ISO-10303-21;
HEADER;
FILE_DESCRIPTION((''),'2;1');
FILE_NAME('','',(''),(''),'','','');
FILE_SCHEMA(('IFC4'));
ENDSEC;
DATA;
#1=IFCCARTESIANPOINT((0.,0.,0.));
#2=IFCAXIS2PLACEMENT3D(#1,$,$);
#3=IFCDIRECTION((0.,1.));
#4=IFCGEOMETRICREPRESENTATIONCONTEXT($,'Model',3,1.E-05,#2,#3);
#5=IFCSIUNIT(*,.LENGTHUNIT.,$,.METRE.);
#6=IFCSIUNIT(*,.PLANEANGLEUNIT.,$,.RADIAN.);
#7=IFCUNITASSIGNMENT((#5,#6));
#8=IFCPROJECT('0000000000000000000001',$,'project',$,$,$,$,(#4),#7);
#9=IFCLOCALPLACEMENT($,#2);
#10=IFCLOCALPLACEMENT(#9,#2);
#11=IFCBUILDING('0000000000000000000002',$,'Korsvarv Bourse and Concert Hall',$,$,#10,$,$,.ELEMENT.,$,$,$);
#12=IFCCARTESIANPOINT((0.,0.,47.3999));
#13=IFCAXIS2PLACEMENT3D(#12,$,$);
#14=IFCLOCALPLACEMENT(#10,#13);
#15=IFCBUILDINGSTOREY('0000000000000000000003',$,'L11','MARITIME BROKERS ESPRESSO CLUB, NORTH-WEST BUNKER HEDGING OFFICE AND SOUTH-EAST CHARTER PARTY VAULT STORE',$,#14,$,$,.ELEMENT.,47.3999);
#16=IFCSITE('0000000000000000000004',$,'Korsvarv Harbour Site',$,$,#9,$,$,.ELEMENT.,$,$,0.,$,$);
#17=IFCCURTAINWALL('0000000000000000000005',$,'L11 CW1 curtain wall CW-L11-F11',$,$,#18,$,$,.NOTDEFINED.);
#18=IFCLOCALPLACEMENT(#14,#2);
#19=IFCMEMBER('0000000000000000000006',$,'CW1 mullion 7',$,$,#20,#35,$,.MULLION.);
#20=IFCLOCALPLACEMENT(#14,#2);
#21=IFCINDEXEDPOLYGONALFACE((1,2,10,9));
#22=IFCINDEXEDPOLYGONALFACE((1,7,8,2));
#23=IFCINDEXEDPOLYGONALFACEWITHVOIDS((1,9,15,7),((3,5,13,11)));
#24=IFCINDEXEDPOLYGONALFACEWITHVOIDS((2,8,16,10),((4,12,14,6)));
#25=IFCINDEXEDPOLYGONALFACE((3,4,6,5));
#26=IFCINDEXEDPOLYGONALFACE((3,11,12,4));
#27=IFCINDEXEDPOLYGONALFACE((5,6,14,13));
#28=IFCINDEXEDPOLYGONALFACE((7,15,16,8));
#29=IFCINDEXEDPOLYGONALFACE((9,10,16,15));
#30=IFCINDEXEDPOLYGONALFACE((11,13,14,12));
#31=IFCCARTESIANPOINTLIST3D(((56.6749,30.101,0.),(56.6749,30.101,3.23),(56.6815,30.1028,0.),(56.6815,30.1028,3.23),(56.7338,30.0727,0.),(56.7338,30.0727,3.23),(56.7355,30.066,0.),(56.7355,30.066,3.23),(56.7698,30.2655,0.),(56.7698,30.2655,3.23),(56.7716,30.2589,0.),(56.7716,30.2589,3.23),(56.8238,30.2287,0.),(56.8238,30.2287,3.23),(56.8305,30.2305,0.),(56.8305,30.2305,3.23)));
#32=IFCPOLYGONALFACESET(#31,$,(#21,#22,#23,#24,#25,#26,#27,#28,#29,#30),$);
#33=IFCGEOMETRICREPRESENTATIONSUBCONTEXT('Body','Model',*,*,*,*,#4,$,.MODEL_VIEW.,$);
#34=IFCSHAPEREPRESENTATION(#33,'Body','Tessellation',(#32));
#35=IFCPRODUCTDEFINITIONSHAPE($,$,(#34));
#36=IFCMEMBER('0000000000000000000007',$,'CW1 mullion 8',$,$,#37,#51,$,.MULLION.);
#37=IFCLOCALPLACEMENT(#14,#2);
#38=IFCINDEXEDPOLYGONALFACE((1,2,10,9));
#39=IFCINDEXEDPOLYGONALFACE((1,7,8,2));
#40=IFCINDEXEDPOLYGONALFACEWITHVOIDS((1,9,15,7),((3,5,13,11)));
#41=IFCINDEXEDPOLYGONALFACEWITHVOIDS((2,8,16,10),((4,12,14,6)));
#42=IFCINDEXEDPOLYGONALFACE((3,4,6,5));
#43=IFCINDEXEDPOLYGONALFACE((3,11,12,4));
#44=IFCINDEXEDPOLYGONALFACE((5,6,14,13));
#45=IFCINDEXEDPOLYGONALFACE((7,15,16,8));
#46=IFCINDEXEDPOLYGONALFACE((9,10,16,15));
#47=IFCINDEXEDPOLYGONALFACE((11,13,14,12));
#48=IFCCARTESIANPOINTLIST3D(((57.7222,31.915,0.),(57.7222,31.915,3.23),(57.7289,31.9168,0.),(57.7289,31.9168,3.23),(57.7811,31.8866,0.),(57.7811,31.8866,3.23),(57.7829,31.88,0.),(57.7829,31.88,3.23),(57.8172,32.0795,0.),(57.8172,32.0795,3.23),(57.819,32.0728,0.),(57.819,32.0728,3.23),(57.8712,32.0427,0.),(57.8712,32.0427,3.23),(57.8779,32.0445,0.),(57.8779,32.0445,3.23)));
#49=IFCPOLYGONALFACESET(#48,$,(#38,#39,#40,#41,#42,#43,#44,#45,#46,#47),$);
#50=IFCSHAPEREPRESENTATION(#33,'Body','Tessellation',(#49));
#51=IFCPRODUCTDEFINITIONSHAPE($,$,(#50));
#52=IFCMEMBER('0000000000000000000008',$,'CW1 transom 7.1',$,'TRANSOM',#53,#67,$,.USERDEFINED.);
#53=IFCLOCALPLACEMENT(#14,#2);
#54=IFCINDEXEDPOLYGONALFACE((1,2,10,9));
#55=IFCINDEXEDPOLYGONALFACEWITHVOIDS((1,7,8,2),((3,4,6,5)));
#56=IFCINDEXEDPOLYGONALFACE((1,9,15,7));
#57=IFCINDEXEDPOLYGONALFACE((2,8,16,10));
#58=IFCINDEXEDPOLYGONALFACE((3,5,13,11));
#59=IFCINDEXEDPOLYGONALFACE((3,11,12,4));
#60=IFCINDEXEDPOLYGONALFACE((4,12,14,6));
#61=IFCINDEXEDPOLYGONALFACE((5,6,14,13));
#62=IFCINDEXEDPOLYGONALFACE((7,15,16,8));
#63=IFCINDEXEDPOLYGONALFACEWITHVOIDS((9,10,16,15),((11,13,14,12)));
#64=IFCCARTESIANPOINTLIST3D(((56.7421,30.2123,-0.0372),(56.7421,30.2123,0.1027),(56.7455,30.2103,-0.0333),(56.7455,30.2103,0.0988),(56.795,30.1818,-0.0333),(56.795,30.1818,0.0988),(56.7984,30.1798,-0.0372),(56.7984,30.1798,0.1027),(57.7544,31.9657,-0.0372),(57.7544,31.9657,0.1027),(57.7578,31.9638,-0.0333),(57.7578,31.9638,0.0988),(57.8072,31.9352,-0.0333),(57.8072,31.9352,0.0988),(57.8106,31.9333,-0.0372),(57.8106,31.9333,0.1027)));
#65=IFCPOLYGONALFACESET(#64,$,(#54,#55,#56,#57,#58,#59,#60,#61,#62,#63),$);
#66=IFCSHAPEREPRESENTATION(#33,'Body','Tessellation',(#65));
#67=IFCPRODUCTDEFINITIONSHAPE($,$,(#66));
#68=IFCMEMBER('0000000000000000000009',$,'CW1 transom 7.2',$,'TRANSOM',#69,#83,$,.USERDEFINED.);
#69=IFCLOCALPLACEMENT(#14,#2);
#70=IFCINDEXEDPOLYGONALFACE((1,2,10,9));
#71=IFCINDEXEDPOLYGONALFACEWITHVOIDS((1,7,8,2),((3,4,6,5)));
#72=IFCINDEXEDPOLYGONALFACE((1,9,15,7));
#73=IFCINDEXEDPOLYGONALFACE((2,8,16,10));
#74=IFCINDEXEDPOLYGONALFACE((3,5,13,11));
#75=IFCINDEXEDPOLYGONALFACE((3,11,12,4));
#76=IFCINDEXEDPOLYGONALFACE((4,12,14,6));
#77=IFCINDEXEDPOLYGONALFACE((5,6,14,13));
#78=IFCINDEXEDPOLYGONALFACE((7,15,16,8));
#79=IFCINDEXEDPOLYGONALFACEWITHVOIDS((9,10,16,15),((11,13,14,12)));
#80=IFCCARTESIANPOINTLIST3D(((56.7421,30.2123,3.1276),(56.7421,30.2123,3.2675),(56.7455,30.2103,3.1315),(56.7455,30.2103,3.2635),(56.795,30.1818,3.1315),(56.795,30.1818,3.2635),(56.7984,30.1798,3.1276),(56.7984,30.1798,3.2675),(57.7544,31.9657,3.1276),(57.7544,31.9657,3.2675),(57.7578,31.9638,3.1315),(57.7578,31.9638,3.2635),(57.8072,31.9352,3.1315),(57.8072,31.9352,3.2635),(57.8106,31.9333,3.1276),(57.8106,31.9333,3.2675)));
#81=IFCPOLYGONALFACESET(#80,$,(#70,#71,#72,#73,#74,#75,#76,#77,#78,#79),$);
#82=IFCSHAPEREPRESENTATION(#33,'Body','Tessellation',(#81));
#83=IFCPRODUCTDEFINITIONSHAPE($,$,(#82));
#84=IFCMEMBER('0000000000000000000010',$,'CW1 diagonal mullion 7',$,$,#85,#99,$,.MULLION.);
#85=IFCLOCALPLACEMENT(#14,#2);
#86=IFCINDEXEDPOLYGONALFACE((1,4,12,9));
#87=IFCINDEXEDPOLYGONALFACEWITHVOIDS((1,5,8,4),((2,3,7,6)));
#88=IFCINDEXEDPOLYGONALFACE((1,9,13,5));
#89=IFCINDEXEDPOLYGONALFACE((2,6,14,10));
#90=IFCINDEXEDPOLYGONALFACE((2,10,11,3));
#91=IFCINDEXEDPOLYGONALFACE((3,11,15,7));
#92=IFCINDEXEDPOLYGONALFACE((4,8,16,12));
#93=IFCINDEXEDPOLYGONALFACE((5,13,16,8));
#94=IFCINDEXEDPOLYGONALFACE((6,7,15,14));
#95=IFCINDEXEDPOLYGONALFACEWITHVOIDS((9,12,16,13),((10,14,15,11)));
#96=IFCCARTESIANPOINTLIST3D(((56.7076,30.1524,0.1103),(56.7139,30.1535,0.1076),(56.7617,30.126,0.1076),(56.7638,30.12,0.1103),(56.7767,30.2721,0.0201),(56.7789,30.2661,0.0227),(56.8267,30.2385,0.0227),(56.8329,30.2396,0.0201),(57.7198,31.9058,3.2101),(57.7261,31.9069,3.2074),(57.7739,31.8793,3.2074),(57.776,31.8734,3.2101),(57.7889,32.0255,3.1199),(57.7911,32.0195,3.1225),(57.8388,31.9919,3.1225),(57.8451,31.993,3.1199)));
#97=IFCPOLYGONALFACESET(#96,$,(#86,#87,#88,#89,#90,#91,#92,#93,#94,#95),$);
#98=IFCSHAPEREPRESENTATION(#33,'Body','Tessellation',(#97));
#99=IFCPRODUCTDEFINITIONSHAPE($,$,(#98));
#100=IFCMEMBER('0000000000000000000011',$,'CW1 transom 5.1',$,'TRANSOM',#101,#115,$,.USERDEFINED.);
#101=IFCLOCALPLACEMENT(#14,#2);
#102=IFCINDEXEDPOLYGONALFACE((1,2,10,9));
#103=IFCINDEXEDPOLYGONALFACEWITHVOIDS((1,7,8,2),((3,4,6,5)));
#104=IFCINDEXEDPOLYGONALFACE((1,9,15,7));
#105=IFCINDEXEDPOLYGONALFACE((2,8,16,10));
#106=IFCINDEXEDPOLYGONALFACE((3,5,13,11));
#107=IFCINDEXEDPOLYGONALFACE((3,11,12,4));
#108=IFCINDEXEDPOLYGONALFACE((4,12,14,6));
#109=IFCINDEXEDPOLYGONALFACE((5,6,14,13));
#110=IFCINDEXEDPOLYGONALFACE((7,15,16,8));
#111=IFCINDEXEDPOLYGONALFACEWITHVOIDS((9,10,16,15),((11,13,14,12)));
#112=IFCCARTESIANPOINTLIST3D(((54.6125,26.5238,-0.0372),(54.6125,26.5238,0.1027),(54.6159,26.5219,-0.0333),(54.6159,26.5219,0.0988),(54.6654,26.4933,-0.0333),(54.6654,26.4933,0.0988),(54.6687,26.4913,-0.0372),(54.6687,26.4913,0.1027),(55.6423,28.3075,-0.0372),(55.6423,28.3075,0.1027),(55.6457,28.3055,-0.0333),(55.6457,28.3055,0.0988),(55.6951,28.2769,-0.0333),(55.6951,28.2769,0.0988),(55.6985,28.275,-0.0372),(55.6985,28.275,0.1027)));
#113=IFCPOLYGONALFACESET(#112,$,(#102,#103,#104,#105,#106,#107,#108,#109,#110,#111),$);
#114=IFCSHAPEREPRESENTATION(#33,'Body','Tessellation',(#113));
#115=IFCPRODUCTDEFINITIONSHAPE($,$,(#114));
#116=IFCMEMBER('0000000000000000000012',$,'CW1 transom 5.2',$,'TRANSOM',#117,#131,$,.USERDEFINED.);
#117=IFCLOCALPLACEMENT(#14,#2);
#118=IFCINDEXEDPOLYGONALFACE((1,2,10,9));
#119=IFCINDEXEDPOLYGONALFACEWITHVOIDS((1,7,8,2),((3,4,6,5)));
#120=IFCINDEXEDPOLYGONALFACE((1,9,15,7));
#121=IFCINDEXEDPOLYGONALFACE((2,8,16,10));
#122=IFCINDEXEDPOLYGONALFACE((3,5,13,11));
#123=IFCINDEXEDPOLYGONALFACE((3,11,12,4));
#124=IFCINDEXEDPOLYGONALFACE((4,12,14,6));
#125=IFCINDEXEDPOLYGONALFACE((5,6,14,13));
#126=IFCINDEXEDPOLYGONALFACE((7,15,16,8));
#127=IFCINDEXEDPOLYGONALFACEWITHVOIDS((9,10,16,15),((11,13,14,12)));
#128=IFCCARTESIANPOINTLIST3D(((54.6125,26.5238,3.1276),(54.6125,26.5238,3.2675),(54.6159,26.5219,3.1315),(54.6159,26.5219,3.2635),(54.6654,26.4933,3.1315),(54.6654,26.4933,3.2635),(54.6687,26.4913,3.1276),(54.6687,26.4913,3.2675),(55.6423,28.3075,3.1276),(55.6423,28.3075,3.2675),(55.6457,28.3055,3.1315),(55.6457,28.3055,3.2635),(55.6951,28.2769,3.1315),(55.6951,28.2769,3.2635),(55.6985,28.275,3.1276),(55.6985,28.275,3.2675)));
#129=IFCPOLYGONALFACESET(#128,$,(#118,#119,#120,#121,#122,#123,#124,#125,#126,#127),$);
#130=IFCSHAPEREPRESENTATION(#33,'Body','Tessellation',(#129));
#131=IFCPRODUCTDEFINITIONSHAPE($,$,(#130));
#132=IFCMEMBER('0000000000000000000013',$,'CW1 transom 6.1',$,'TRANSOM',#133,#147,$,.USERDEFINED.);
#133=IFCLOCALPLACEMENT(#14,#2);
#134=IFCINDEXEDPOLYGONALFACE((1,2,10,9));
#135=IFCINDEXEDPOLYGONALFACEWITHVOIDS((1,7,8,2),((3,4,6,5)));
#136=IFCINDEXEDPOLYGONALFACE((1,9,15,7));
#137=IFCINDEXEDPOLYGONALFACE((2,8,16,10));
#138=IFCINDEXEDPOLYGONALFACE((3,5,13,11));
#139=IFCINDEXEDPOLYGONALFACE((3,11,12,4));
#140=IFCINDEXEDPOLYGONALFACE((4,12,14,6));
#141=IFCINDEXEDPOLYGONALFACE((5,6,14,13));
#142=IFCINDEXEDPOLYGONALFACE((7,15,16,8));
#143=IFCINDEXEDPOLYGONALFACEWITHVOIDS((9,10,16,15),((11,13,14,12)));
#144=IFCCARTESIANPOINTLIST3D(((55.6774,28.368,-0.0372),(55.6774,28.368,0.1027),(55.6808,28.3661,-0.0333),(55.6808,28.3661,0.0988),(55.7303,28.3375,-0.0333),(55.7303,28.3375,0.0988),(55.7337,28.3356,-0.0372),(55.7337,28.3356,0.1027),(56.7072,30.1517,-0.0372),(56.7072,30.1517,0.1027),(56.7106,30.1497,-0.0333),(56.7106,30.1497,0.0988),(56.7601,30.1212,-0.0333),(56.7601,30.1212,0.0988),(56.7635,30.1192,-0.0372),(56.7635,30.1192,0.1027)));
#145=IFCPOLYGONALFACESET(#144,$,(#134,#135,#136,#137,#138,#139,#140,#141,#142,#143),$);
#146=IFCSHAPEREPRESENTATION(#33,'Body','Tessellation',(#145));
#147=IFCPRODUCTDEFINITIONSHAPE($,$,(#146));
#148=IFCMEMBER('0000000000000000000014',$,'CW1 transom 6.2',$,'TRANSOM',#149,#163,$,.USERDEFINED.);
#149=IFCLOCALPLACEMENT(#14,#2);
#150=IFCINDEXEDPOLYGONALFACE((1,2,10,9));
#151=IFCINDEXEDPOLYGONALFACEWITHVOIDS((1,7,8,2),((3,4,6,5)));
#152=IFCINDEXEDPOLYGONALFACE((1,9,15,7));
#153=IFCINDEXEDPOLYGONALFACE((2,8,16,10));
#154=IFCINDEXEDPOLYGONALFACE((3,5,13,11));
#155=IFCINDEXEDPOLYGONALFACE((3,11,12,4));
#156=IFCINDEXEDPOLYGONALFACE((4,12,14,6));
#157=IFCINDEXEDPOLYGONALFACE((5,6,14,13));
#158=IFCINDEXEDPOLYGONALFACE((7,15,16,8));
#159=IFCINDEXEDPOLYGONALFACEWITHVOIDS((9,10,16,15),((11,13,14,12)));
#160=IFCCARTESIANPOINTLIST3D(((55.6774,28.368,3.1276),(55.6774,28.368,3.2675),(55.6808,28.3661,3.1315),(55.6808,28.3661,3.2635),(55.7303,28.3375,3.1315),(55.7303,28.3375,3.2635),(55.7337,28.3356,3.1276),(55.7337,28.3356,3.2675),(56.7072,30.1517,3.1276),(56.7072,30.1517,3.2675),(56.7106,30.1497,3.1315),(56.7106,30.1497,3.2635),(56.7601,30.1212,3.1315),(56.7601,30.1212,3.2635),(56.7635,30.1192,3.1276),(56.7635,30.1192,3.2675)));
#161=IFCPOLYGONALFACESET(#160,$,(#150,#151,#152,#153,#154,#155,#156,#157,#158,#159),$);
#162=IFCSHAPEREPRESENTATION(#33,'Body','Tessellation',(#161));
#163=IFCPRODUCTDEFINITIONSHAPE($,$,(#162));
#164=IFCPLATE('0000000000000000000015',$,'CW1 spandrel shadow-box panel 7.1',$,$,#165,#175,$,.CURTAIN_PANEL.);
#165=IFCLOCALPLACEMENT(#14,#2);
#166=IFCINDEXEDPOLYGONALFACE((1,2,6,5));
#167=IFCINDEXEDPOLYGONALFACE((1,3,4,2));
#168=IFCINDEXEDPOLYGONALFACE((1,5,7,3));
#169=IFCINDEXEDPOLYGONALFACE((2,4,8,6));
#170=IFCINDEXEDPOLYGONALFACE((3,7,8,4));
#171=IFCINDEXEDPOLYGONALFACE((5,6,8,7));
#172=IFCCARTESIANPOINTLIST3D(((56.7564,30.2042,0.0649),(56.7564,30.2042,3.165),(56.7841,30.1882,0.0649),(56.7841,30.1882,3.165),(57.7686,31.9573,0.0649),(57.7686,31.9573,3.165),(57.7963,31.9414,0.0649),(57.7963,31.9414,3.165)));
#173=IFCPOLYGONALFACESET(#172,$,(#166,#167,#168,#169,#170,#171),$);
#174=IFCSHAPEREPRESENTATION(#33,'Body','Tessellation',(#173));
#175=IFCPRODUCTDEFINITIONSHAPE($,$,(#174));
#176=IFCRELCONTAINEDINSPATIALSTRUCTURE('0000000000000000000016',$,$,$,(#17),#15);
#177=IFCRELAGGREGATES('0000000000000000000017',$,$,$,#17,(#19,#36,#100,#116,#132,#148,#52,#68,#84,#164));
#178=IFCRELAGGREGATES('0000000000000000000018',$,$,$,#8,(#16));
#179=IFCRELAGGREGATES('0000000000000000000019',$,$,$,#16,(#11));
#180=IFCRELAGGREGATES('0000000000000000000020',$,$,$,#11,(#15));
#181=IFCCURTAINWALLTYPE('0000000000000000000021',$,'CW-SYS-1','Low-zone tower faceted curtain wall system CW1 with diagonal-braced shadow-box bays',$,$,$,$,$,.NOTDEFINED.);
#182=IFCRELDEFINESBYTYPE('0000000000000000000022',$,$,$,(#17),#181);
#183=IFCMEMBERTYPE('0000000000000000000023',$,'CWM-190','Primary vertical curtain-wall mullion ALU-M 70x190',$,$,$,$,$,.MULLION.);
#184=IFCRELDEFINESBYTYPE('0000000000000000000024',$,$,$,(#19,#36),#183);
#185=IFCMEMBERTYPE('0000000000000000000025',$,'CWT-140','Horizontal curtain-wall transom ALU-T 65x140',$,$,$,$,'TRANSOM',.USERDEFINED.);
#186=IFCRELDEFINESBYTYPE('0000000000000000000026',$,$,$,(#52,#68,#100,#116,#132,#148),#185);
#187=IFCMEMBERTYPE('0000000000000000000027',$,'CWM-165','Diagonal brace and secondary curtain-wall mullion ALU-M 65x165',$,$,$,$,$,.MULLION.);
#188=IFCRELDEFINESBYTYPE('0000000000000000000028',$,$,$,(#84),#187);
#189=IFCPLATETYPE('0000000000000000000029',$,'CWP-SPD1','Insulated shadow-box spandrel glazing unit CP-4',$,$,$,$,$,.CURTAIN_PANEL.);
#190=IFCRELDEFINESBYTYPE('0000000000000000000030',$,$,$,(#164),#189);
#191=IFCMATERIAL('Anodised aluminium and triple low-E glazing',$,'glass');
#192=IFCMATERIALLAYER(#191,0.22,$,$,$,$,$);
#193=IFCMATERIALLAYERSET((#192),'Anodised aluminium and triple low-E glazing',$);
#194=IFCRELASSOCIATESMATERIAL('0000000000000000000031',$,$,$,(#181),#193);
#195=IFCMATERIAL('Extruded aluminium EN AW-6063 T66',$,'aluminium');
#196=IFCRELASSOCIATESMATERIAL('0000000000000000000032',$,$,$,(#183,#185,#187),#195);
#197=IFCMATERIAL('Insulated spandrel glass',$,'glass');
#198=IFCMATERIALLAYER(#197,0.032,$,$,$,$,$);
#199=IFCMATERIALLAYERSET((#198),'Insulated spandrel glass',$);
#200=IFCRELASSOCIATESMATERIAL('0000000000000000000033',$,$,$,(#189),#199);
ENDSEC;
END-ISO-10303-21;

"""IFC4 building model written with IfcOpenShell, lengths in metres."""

from ifc_helpers import new_model, si_unit, direction, frame, origin, origin_2d, place, context, subcontext, project, spatial, rectangle, hollow_rectangle, extrude, source, transform, mapped, material, layer, layer_set, material_profile, profile_set, type_object, element, aggregate, save


model = new_model("IFC4")

# Units and contexts
model_context = context("Model", 3, precision=1e-05, world=origin(), true_north=direction((0.0, 1.0)))
body_context = subcontext(model_context, "Body", "Model", "MODEL_VIEW")
ifc_project = project(units=[si_unit("LENGTHUNIT", "METRE"), si_unit("PLANEANGLEUNIT", "RADIAN")], contexts=[model_context])

# Site, building, storey
site_placement = place(None, origin())
site = spatial("IfcSite", under=ifc_project, at=site_placement, Name="Korsvarv Harbour Site", CompositionType="ELEMENT", RefElevation=0.0)
building_placement = place(site_placement, origin())
building = spatial("IfcBuilding", under=site, at=building_placement, Name="Korsvarv Bourse and Concert Hall", CompositionType="ELEMENT")
storey_placement = place(building_placement, frame((0.0, 0.0, 47.3999)))
storey = spatial("IfcBuildingStorey", under=building, at=storey_placement, Name="L11", Description="MARITIME BROKERS ESPRESSO CLUB, NORTH-WEST BUNKER HEDGING OFFICE AND SOUTH-EAST CHARTER PARTY VAULT STORE", CompositionType="ELEMENT", Elevation=47.3999)

# Curtain wall, members, plate
ifc_material_1 = material(Name="Anodised aluminium and triple low-E glazing", Category="glass")
ifc_layer_1 = layer(ifc_material_1, 0.22)
ifc_layer_set_1 = layer_set([ifc_layer_1], Name="Anodised aluminium and triple low-E glazing")
curtain_wall_type = type_object("IfcCurtainWallType", Name="CW-SYS-1", Description="Low-zone tower faceted curtain wall system CW1 with diagonal-braced shadow-box bays", PredefinedType="NOTDEFINED", material=ifc_layer_set_1)
curtain_wall_placement = place(storey_placement, origin())
curtain_wall = element("IfcCurtainWall", 1, at=curtain_wall_placement, inside=storey, type_object=curtain_wall_type, Name="L11 CW1 curtain wall CW-L11-F11", PredefinedType="NOTDEFINED")
ifc_material_2 = material(Name="Extruded aluminium EN AW-6063 T66", Category="aluminium")
ifc_material_profile_1 = material_profile(ifc_material_2, hollow_rectangle(XDim=0.0701, YDim=0.1899, WallThickness=0.0049, at=origin_2d()), Name="ALU-M 70x190")
ifc_profile_set_1 = profile_set([ifc_material_profile_1], Name="Extruded aluminium EN AW-6063 T66")
member_type_1 = type_object("IfcMemberType", Name="CWM-190", Description="Primary vertical curtain-wall mullion ALU-M 70x190", PredefinedType="MULLION", material=ifc_profile_set_1)
shared_shape_1 = source(origin(), body_context, "Body", "SweptSolid", [
    extrude(hollow_rectangle(XDim=0.0701, YDim=0.1899, WallThickness=0.0049, at=origin_2d()), origin(), (0.0, 0.0, 1.0), 3.23),
])
member_1_placement = place(storey_placement, frame((56.7527, 30.1658, 0.0), z_axis=(0.0, 0.0, 1.0), x_axis=(-0.866025, 0.5, 0.0)))
member_1 = element("IfcMember", 2, at=member_1_placement, type_object=member_type_1, Name="CW1 mullion 7", PredefinedType="MULLION", context=body_context, shape_type="MappedRepresentation", body=[
    mapped(shared_shape_1, transform((0.0, 0.0, 0.0), scale=1.0)),
])
member_2_placement = place(storey_placement, frame((57.8, 31.9797, 0.0), z_axis=(0.0, 0.0, 1.0), x_axis=(-0.866025, 0.5, 0.0)))
member_2 = element("IfcMember", 3, at=member_2_placement, type_object=member_type_1, Name="CW1 mullion 8", PredefinedType="MULLION", context=body_context, shape_type="MappedRepresentation", body=[
    mapped(shared_shape_1, transform((0.0, 0.0, 0.0), scale=1.0)),
])
ifc_material_profile_2 = material_profile(ifc_material_2, hollow_rectangle(XDim=0.0649, YDim=0.1399, WallThickness=0.0039, at=origin_2d()), Name="ALU-T 65x140")
ifc_profile_set_2 = profile_set([ifc_material_profile_2], Name="Extruded aluminium EN AW-6063 T66")
member_type_2 = type_object("IfcMemberType", Name="CWT-140", Description="Horizontal curtain-wall transom ALU-T 65x140", ElementType="TRANSOM", PredefinedType="USERDEFINED", material=ifc_profile_set_2)
shared_shape_2 = source(origin(), body_context, "Body", "SweptSolid", [
    extrude(hollow_rectangle(XDim=0.0649, YDim=0.1399, WallThickness=0.0039, at=origin_2d()), origin(), (0.0, 0.0, 1.0), 2.0247),
])
member_3_placement = place(storey_placement, frame((56.7703, 30.196, 0.0327), z_axis=(0.499952, 0.866053, 0.0), x_axis=(-0.866053, 0.499952, 0.0)))
member_3 = element("IfcMember", 4, at=member_3_placement, type_object=member_type_2, Name="CW1 transom 7.1", ObjectType="TRANSOM", PredefinedType="USERDEFINED", context=body_context, shape_type="MappedRepresentation", body=[
    mapped(shared_shape_2, transform((0.0, 0.0, 0.0), scale=1.0)),
])
member_4_placement = place(storey_placement, frame((56.7703, 30.196, 3.1975), z_axis=(0.499952, 0.866053, 0.0), x_axis=(-0.866053, 0.499952, 0.0)))
member_4 = element("IfcMember", 5, at=member_4_placement, type_object=member_type_2, Name="CW1 transom 7.2", ObjectType="TRANSOM", PredefinedType="USERDEFINED", context=body_context, shape_type="MappedRepresentation", body=[
    mapped(shared_shape_2, transform((0.0, 0.0, 0.0), scale=1.0)),
])
ifc_material_profile_3 = material_profile(ifc_material_2, hollow_rectangle(XDim=0.0649, YDim=0.165, WallThickness=0.0049, at=origin_2d()), Name="ALU-M 65x165")
ifc_profile_set_3 = profile_set([ifc_material_profile_3], Name="Extruded aluminium EN AW-6063 T66")
member_type_3 = type_object("IfcMemberType", Name="CWM-165", Description="Diagonal brace and secondary curtain-wall mullion ALU-M 65x165", PredefinedType="MULLION", material=ifc_profile_set_3)
shared_shape_3 = source(origin(), body_context, "Body", "SweptSolid", [
    extrude(hollow_rectangle(XDim=0.0649, YDim=0.165, WallThickness=0.0049, at=origin_2d()), origin(), (0.0, 0.0, 1.0), 3.7024),
])
member_5_placement = place(storey_placement, frame((56.7703, 30.196, 0.0652), z_axis=(0.273389, 0.473583, 0.837244), x_axis=(-0.866053, 0.499952, 0.0)))
member_5 = element("IfcMember", 6, at=member_5_placement, type_object=member_type_3, Name="CW1 diagonal mullion 7", PredefinedType="MULLION", context=body_context, shape_type="MappedRepresentation", body=[
    mapped(shared_shape_3, transform((0.0, 0.0, 0.0), scale=1.0)),
])
shared_shape_4 = source(origin(), body_context, "Body", "SweptSolid", [
    extrude(hollow_rectangle(XDim=0.0649, YDim=0.1399, WallThickness=0.0039, at=origin_2d()), origin(), (0.0, 0.0, 1.0), 2.0596),
])
member_6_placement = place(storey_placement, frame((54.6406, 26.5076, 0.0327), z_axis=(0.499989, 0.866032, 0.0), x_axis=(-0.866032, 0.499989, 0.0)))
member_6 = element("IfcMember", 7, at=member_6_placement, type_object=member_type_2, Name="CW1 transom 5.1", ObjectType="TRANSOM", PredefinedType="USERDEFINED", context=body_context, shape_type="MappedRepresentation", body=[
    mapped(shared_shape_4, transform((0.0, 0.0, 0.0), scale=1.0)),
])
member_7_placement = place(storey_placement, frame((54.6406, 26.5076, 3.1975), z_axis=(0.499989, 0.866032, 0.0), x_axis=(-0.866032, 0.499989, 0.0)))
member_7 = element("IfcMember", 8, at=member_7_placement, type_object=member_type_2, Name="CW1 transom 5.2", ObjectType="TRANSOM", PredefinedType="USERDEFINED", context=body_context, shape_type="MappedRepresentation", body=[
    mapped(shared_shape_4, transform((0.0, 0.0, 0.0), scale=1.0)),
])
member_8_placement = place(storey_placement, frame((55.7056, 28.3518, 0.0327), z_axis=(0.499989, 0.866032, 0.0), x_axis=(-0.866032, 0.499989, 0.0)))
member_8 = element("IfcMember", 9, at=member_8_placement, type_object=member_type_2, Name="CW1 transom 6.1", ObjectType="TRANSOM", PredefinedType="USERDEFINED", context=body_context, shape_type="MappedRepresentation", body=[
    mapped(shared_shape_4, transform((0.0, 0.0, 0.0), scale=1.0)),
])
member_9_placement = place(storey_placement, frame((55.7056, 28.3518, 3.1975), z_axis=(0.499989, 0.866032, 0.0), x_axis=(-0.866032, 0.499989, 0.0)))
member_9 = element("IfcMember", 10, at=member_9_placement, type_object=member_type_2, Name="CW1 transom 6.2", ObjectType="TRANSOM", PredefinedType="USERDEFINED", context=body_context, shape_type="MappedRepresentation", body=[
    mapped(shared_shape_4, transform((0.0, 0.0, 0.0), scale=1.0)),
])
ifc_material_3 = material(Name="Insulated spandrel glass", Category="glass")
ifc_layer_2 = layer(ifc_material_3, 0.032)
ifc_layer_set_2 = layer_set([ifc_layer_2], Name="Insulated spandrel glass")
plate_type_1 = type_object("IfcPlateType", Name="CWP-SPD1", Description="Insulated shadow-box spandrel glazing unit CP-4", PredefinedType="CURTAIN_PANEL", material=ifc_layer_set_2)
shared_shape_5 = source(origin(), body_context, "Body", "SweptSolid", [
    extrude(rectangle(XDim=2.0244, YDim=0.032, at=origin_2d()), origin(), (0.0, 0.0, 1.0), 3.1001),
])
plate_1_placement = place(storey_placement, frame((57.2764, 31.0728, 0.0649), z_axis=(0.0, 0.0, 1.0), x_axis=(0.5, 0.866025, 0.0)))
plate_1 = element("IfcPlate", 11, at=plate_1_placement, type_object=plate_type_1, Name="CW1 spandrel shadow-box panel 7.1", PredefinedType="CURTAIN_PANEL", context=body_context, shape_type="MappedRepresentation", body=[
    mapped(shared_shape_5, transform((0.0, 0.0, 0.0), scale=1.0)),
])
aggregate(curtain_wall, [member_1, member_2, member_6, member_7, member_8, member_9, member_3, member_4, member_5, plate_1])

save(model, "model.ifc")
